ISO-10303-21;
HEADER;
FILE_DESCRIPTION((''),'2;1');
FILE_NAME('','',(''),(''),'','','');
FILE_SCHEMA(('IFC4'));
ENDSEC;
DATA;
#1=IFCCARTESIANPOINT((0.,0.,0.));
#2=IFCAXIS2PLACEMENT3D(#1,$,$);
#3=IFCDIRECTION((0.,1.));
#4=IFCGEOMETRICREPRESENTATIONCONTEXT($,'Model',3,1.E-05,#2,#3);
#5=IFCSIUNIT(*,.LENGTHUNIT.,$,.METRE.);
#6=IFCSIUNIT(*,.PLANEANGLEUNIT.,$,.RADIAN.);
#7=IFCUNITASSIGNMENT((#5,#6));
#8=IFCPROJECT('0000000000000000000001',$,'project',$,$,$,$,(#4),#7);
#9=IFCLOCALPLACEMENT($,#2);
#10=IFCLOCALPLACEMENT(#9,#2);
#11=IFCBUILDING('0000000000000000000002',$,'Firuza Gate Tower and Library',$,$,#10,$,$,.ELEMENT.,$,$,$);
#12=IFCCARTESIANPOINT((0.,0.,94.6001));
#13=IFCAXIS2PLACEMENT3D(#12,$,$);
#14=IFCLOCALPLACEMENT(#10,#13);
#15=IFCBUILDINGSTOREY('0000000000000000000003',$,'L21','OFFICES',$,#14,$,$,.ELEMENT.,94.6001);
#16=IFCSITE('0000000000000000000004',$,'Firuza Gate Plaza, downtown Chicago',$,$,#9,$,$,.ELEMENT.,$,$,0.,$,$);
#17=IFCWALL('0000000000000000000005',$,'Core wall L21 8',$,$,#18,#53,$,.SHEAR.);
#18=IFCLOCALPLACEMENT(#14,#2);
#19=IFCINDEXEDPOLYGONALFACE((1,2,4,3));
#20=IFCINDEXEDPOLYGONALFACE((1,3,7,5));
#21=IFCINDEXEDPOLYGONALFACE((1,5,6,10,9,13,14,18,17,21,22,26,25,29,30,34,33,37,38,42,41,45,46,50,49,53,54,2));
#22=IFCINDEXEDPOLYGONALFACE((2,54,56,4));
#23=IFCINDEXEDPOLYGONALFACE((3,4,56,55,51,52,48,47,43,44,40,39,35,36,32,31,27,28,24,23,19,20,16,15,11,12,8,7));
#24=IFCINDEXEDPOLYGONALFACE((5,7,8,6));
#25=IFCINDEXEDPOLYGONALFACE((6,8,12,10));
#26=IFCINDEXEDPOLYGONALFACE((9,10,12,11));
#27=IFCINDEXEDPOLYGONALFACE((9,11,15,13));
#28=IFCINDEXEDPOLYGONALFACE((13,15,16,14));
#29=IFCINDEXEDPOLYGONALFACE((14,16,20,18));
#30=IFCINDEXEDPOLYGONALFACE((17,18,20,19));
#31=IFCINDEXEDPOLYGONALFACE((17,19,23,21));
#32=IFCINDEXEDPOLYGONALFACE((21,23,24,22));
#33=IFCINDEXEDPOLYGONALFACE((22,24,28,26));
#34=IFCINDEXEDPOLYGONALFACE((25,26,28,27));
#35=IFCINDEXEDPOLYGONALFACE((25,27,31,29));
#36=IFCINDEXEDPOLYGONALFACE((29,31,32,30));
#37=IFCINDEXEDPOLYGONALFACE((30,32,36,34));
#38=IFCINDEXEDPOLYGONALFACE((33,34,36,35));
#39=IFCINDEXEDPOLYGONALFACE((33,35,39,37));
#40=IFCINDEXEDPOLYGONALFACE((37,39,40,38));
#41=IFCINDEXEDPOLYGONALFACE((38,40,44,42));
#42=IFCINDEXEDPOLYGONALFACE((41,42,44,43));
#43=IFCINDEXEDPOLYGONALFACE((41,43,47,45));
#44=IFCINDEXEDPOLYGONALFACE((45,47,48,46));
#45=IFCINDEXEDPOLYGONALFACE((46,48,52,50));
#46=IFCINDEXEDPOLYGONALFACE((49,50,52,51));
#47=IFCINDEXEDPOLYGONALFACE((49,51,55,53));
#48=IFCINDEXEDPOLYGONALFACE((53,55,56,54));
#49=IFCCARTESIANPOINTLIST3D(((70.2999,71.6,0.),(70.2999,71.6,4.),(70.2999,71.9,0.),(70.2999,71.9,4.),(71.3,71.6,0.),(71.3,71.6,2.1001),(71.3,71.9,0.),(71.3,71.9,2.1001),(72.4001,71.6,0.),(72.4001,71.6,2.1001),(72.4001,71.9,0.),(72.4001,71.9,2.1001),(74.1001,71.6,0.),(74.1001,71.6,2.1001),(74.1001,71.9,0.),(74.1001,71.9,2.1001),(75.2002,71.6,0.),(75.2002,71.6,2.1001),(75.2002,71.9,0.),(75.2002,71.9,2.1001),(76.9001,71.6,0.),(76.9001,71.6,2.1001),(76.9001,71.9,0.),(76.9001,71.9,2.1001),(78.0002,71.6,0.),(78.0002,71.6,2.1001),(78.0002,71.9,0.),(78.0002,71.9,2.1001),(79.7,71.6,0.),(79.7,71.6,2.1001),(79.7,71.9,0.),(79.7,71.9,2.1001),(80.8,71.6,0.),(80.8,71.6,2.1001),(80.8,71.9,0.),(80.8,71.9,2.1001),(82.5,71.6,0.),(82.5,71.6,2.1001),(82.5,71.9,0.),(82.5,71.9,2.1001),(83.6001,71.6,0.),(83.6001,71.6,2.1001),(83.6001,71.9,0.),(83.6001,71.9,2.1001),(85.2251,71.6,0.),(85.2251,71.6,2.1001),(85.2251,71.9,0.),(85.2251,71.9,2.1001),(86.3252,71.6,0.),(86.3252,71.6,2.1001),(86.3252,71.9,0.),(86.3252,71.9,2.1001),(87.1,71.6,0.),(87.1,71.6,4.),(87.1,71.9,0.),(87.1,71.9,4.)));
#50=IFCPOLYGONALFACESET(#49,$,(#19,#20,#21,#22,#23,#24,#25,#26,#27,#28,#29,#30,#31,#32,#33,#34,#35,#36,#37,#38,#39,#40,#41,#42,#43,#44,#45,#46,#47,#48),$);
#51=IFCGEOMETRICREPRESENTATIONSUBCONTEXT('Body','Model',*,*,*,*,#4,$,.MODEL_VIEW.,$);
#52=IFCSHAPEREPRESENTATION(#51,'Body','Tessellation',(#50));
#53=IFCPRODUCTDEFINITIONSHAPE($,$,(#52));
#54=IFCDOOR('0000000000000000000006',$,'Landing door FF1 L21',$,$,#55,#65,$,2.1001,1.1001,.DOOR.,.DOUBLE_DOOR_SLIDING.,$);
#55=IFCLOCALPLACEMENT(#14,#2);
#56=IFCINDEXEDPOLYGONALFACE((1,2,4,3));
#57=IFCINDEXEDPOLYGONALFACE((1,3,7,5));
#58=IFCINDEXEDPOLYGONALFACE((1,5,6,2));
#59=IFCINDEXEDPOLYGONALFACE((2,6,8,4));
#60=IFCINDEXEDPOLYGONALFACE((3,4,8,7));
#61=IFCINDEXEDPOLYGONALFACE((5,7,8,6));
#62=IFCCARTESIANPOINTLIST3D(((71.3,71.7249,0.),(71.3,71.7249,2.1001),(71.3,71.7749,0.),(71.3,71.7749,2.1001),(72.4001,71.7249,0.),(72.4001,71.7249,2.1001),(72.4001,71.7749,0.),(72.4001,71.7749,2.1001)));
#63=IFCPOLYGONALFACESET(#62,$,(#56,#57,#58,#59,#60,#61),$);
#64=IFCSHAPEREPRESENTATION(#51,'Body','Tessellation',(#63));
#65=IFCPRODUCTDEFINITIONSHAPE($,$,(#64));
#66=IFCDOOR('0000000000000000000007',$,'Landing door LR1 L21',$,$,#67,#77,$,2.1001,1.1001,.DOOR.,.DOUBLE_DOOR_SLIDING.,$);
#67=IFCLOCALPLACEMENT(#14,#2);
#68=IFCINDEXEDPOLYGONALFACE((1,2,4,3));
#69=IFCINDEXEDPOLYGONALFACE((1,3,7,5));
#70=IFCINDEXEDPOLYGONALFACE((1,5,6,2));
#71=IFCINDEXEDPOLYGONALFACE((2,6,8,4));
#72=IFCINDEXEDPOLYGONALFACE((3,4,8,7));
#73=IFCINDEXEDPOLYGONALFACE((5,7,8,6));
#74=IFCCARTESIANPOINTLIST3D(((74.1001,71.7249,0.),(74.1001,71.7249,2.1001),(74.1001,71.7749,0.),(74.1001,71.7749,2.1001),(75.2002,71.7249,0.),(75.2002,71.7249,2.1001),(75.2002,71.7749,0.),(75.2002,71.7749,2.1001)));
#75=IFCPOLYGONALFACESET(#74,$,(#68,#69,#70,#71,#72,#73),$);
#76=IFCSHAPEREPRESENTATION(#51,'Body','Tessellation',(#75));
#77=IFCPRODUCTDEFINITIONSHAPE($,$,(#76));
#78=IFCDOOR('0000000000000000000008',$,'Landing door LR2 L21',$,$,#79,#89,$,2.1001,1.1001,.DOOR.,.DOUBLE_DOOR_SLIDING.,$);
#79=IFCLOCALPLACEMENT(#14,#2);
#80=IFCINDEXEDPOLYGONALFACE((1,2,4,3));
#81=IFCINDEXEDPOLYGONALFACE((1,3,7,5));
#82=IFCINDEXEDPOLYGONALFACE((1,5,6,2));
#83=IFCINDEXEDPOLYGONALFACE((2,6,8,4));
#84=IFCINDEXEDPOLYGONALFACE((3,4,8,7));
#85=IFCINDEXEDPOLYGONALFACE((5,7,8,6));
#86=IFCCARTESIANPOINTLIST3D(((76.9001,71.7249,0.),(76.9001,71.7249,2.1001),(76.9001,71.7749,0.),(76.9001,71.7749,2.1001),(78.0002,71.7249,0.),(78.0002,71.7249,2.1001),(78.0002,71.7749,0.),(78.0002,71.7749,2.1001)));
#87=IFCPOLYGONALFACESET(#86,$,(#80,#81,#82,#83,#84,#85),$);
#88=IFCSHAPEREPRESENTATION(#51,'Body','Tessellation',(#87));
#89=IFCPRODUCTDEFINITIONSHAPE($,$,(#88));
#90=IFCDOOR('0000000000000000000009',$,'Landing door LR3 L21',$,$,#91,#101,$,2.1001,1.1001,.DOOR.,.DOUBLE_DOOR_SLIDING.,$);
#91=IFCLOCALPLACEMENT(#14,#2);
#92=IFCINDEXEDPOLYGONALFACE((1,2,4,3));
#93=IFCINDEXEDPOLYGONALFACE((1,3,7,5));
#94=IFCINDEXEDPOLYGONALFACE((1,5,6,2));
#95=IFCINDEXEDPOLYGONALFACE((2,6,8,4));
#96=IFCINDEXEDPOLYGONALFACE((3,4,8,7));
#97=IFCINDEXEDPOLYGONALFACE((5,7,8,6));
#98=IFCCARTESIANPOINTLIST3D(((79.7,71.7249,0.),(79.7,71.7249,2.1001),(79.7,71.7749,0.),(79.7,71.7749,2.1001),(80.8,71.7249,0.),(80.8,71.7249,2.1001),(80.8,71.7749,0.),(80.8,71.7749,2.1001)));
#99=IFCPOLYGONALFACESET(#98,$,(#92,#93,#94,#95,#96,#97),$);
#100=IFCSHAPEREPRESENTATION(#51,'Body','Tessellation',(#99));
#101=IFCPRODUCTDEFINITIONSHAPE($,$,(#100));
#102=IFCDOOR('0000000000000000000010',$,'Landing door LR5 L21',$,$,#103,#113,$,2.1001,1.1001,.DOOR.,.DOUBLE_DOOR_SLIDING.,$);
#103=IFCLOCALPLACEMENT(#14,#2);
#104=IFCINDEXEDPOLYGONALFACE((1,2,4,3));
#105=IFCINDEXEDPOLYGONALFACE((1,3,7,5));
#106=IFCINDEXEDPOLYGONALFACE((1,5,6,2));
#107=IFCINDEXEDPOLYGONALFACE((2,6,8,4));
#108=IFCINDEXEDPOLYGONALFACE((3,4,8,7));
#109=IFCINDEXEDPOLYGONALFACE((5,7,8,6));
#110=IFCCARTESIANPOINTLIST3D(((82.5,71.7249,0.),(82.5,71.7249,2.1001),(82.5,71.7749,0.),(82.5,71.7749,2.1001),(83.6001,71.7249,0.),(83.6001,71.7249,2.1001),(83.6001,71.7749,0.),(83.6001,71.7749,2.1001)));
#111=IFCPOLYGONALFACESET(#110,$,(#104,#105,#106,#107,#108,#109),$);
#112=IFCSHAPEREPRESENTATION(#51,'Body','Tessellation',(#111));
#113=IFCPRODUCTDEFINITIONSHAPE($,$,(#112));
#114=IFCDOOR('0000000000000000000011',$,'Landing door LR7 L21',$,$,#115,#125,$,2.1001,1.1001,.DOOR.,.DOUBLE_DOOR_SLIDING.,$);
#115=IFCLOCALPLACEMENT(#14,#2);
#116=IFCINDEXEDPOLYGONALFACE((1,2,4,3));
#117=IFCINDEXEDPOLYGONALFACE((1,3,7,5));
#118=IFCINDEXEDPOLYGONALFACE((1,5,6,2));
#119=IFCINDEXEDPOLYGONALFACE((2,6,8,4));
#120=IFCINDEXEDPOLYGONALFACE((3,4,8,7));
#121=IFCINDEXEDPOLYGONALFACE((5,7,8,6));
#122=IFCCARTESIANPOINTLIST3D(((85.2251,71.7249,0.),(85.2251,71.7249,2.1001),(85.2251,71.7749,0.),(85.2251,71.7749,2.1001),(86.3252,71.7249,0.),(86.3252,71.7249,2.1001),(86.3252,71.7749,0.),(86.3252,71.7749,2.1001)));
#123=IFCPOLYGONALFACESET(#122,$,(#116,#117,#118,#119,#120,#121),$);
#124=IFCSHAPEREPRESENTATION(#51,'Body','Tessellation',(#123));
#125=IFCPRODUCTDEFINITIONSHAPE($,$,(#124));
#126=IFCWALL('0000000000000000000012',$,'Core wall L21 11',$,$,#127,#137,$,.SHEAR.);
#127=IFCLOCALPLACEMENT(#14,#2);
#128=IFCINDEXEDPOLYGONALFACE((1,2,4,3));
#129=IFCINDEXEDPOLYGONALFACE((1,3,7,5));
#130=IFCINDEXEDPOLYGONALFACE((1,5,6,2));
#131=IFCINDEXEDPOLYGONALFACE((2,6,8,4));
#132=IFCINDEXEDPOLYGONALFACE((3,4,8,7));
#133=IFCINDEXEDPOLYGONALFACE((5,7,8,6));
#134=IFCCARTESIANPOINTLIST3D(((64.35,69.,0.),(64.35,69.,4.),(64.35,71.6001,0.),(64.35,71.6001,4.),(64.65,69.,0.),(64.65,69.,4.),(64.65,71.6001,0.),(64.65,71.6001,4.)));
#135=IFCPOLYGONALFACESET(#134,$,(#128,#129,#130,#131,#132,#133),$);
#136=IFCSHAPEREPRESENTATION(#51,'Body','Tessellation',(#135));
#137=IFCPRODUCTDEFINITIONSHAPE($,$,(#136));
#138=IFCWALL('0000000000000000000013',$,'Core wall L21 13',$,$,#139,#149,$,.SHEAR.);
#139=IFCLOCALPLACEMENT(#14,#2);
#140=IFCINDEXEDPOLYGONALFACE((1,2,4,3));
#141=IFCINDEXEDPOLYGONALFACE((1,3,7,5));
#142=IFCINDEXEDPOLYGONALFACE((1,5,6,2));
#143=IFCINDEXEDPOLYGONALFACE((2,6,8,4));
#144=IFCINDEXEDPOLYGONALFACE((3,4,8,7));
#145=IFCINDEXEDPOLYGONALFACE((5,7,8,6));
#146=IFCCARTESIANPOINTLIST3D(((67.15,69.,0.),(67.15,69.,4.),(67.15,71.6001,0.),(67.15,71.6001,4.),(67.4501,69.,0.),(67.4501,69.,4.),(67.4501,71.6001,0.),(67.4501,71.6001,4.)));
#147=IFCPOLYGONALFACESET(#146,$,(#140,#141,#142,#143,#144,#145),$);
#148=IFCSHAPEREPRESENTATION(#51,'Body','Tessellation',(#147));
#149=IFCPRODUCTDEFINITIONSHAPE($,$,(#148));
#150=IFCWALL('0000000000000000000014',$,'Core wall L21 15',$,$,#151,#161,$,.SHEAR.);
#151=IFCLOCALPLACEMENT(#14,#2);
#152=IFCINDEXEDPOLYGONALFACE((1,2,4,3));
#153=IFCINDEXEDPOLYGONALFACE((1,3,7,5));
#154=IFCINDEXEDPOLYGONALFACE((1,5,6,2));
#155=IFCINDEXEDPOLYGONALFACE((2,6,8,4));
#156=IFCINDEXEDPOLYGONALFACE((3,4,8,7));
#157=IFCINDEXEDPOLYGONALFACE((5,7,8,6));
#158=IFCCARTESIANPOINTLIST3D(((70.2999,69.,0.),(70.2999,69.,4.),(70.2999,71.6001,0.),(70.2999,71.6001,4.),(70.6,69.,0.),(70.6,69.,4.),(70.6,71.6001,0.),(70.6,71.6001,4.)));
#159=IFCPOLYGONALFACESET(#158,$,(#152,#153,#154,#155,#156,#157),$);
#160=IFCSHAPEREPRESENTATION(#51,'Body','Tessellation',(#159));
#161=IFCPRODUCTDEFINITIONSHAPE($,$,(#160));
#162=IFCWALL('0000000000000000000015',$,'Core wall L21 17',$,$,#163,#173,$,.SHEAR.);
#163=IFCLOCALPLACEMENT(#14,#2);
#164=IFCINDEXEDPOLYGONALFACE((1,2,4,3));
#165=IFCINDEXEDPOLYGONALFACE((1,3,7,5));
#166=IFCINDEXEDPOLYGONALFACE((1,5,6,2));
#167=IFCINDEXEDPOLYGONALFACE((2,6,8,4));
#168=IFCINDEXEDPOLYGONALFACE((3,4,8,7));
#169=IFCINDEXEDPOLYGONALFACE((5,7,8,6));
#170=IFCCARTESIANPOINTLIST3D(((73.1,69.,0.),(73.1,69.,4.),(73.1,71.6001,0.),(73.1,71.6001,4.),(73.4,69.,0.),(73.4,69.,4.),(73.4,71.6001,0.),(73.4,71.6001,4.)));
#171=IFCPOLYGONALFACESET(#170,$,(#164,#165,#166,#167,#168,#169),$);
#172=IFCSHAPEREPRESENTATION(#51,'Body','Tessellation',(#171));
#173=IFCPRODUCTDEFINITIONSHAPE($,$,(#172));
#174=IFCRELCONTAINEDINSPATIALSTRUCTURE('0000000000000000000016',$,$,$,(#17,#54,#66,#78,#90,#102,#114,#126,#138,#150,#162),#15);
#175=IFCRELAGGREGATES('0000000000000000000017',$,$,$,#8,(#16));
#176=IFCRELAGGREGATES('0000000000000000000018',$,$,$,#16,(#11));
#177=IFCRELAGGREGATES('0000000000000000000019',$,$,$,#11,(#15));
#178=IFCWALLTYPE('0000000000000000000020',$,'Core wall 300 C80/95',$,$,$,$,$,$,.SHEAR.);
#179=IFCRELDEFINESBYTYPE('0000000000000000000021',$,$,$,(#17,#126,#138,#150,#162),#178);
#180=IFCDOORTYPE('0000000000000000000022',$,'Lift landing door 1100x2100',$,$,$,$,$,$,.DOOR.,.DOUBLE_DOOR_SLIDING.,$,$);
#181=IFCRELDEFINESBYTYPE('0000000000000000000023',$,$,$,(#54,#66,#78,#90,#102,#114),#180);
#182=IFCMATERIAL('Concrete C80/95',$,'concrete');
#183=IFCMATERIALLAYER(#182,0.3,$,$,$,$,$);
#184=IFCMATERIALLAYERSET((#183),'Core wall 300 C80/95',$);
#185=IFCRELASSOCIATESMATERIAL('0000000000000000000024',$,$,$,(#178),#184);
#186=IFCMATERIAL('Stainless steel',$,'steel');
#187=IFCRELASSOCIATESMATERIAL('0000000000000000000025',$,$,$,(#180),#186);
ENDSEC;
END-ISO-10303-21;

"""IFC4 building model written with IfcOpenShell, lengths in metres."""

from ifc_helpers import new_model, si_unit, direction, frame, frame_2d, origin, place, context, subcontext, project, spatial, rectangle, extrude, material, layer, layer_set, type_object, element, fill, save


model = new_model("IFC4")

# Units and contexts
model_context = context("Model", 3, precision=1e-05, world=origin(), true_north=direction((0.0, 1.0)))
body_context = subcontext(model_context, "Body", "Model", "MODEL_VIEW")
ifc_project = project(units=[si_unit("LENGTHUNIT", "METRE"), si_unit("PLANEANGLEUNIT", "RADIAN")], contexts=[model_context])

# Site, building, storey
site_placement = place(None, origin())
site = spatial("IfcSite", under=ifc_project, at=site_placement, Name="Firuza Gate Plaza, downtown Chicago", CompositionType="ELEMENT", RefElevation=0.0)
building_placement = place(site_placement, origin())
building = spatial("IfcBuilding", under=site, at=building_placement, Name="Firuza Gate Tower and Library", CompositionType="ELEMENT")
storey_placement = place(building_placement, frame((0.0, 0.0, 94.6001)))
storey = spatial("IfcBuildingStorey", under=building, at=storey_placement, Name="L21", Description="OFFICES", CompositionType="ELEMENT", Elevation=94.6001)

# Shared definitions
ifc_material_1 = material(Name="Concrete C80/95", Category="concrete")
ifc_layer_1 = layer(ifc_material_1, 0.3)
ifc_layer_set_1 = layer_set([ifc_layer_1], Name="Core wall 300 C80/95")
wall_type_1 = type_object("IfcWallType", Name="Core wall 300 C80/95", PredefinedType="SHEAR", material=ifc_layer_set_1)

# Wall, openings, doors
wall_1_placement = place(storey_placement, frame((70.3, 71.75, 0.0), z_axis=(0.0, 0.0, 1.0), x_axis=(1.0, 0.0, 0.0)))
wall_1 = element("IfcWall", 1, at=wall_1_placement, inside=storey, type_object=wall_type_1, Name="Core wall L21 8", PredefinedType="SHEAR", context=body_context, shape_type="SweptSolid", body=[
    extrude(rectangle(XDim=16.8, YDim=0.3, at=frame_2d((8.3999, 0.0))), origin(), (0.0, 0.0, 1.0), 4.0),
])
opening_1_placement = place(wall_1_placement, frame((1.0, 0.0, 0.0)))
opening_1 = element("IfcOpeningElement", 2, at=opening_1_placement, cuts=wall_1, PredefinedType="OPENING", context=body_context, shape_type="SweptSolid", body=[
    extrude(rectangle(XDim=1.1001, YDim=2.1001, at=frame_2d((0.55, 1.05))), frame((0.0, 0.1602, 0.0), z_axis=(0.0, -1.0, 0.0), x_axis=(1.0, 0.0, 0.0)), (0.0, 0.0, 1.0), 0.3201),
])
opening_2_placement = place(wall_1_placement, frame((3.8, 0.0, 0.0)))
opening_2 = element("IfcOpeningElement", 3, at=opening_2_placement, cuts=wall_1, PredefinedType="OPENING", context=body_context, shape_type="SweptSolid", body=[
    extrude(rectangle(XDim=1.1001, YDim=2.1001, at=frame_2d((0.55, 1.05))), frame((0.0, 0.1602, 0.0), z_axis=(0.0, -1.0, 0.0), x_axis=(1.0, 0.0, 0.0)), (0.0, 0.0, 1.0), 0.3201),
])
opening_3_placement = place(wall_1_placement, frame((6.6001, 0.0, 0.0)))
opening_3 = element("IfcOpeningElement", 4, at=opening_3_placement, cuts=wall_1, PredefinedType="OPENING", context=body_context, shape_type="SweptSolid", body=[
    extrude(rectangle(XDim=1.1001, YDim=2.1001, at=frame_2d((0.55, 1.05))), frame((0.0, 0.1602, 0.0), z_axis=(0.0, -1.0, 0.0), x_axis=(1.0, 0.0, 0.0)), (0.0, 0.0, 1.0), 0.3201),
])
opening_4_placement = place(wall_1_placement, frame((9.3999, 0.0, 0.0)))
opening_4 = element("IfcOpeningElement", 5, at=opening_4_placement, cuts=wall_1, PredefinedType="OPENING", context=body_context, shape_type="SweptSolid", body=[
    extrude(rectangle(XDim=1.1001, YDim=2.1001, at=frame_2d((0.55, 1.05))), frame((0.0, 0.1602, 0.0), z_axis=(0.0, -1.0, 0.0), x_axis=(1.0, 0.0, 0.0)), (0.0, 0.0, 1.0), 0.3201),
])
opening_5_placement = place(wall_1_placement, frame((12.2, 0.0, 0.0)))
opening_5 = element("IfcOpeningElement", 6, at=opening_5_placement, cuts=wall_1, PredefinedType="OPENING", context=body_context, shape_type="SweptSolid", body=[
    extrude(rectangle(XDim=1.1001, YDim=2.1001, at=frame_2d((0.55, 1.05))), frame((0.0, 0.1602, 0.0), z_axis=(0.0, -1.0, 0.0), x_axis=(1.0, 0.0, 0.0)), (0.0, 0.0, 1.0), 0.3201),
])
opening_6_placement = place(wall_1_placement, frame((14.925, 0.0, 0.0)))
opening_6 = element("IfcOpeningElement", 7, at=opening_6_placement, cuts=wall_1, PredefinedType="OPENING", context=body_context, shape_type="SweptSolid", body=[
    extrude(rectangle(XDim=1.1001, YDim=2.1001, at=frame_2d((0.55, 1.05))), frame((0.0, 0.1602, 0.0), z_axis=(0.0, -1.0, 0.0), x_axis=(1.0, 0.0, 0.0)), (0.0, 0.0, 1.0), 0.3201),
])
ifc_material_2 = material(Name="Stainless steel", Category="steel")
door_type_1 = type_object("IfcDoorType", Name="Lift landing door 1100x2100", OperationType="DOUBLE_DOOR_SLIDING", PredefinedType="DOOR", material=ifc_material_2)
door_1_placement = place(opening_1_placement, origin())
door_1 = element("IfcDoor", 8, at=door_1_placement, inside=storey, type_object=door_type_1, Name="Landing door FF1 L21", OperationType="DOUBLE_DOOR_SLIDING", OverallHeight=2.1001, OverallWidth=1.1001, PredefinedType="DOOR", context=body_context, shape_type="SweptSolid", body=[
    extrude(rectangle(XDim=1.1001, YDim=2.1001, at=frame_2d((0.55, 1.05))), frame((0.0, 0.0249, 0.0), z_axis=(0.0, -1.0, 0.0), x_axis=(1.0, 0.0, 0.0)), (0.0, 0.0, 1.0), 0.05),
])
fill(opening_1, door_1)
door_2_placement = place(opening_2_placement, origin())
door_2 = element("IfcDoor", 9, at=door_2_placement, inside=storey, type_object=door_type_1, Name="Landing door LR1 L21", OperationType="DOUBLE_DOOR_SLIDING", OverallHeight=2.1001, OverallWidth=1.1001, PredefinedType="DOOR", context=body_context, shape_type="SweptSolid", body=[
    extrude(rectangle(XDim=1.1001, YDim=2.1001, at=frame_2d((0.55, 1.05))), frame((0.0, 0.0249, 0.0), z_axis=(0.0, -1.0, 0.0), x_axis=(1.0, 0.0, 0.0)), (0.0, 0.0, 1.0), 0.05),
])
fill(opening_2, door_2)
door_3_placement = place(opening_3_placement, origin())
door_3 = element("IfcDoor", 10, at=door_3_placement, inside=storey, type_object=door_type_1, Name="Landing door LR2 L21", OperationType="DOUBLE_DOOR_SLIDING", OverallHeight=2.1001, OverallWidth=1.1001, PredefinedType="DOOR", context=body_context, shape_type="SweptSolid", body=[
    extrude(rectangle(XDim=1.1001, YDim=2.1001, at=frame_2d((0.55, 1.05))), frame((0.0, 0.0249, 0.0), z_axis=(0.0, -1.0, 0.0), x_axis=(1.0, 0.0, 0.0)), (0.0, 0.0, 1.0), 0.05),
])
fill(opening_3, door_3)
door_4_placement = place(opening_4_placement, origin())
door_4 = element("IfcDoor", 11, at=door_4_placement, inside=storey, type_object=door_type_1, Name="Landing door LR3 L21", OperationType="DOUBLE_DOOR_SLIDING", OverallHeight=2.1001, OverallWidth=1.1001, PredefinedType="DOOR", context=body_context, shape_type="SweptSolid", body=[
    extrude(rectangle(XDim=1.1001, YDim=2.1001, at=frame_2d((0.55, 1.05))), frame((0.0, 0.0249, 0.0), z_axis=(0.0, -1.0, 0.0), x_axis=(1.0, 0.0, 0.0)), (0.0, 0.0, 1.0), 0.05),
])
fill(opening_4, door_4)
door_5_placement = place(opening_5_placement, origin())
door_5 = element("IfcDoor", 12, at=door_5_placement, inside=storey, type_object=door_type_1, Name="Landing door LR5 L21", OperationType="DOUBLE_DOOR_SLIDING", OverallHeight=2.1001, OverallWidth=1.1001, PredefinedType="DOOR", context=body_context, shape_type="SweptSolid", body=[
    extrude(rectangle(XDim=1.1001, YDim=2.1001, at=frame_2d((0.55, 1.05))), frame((0.0, 0.0249, 0.0), z_axis=(0.0, -1.0, 0.0), x_axis=(1.0, 0.0, 0.0)), (0.0, 0.0, 1.0), 0.05),
])
fill(opening_5, door_5)
door_6_placement = place(opening_6_placement, origin())
door_6 = element("IfcDoor", 13, at=door_6_placement, inside=storey, type_object=door_type_1, Name="Landing door LR7 L21", OperationType="DOUBLE_DOOR_SLIDING", OverallHeight=2.1001, OverallWidth=1.1001, PredefinedType="DOOR", context=body_context, shape_type="SweptSolid", body=[
    extrude(rectangle(XDim=1.1001, YDim=2.1001, at=frame_2d((0.55, 1.05))), frame((0.0, 0.0249, 0.0), z_axis=(0.0, -1.0, 0.0), x_axis=(1.0, 0.0, 0.0)), (0.0, 0.0, 1.0), 0.05),
])
fill(opening_6, door_6)

# Walls
for number, where, z_axis, x_axis, name in (
    (14, (64.5, 69.0, 0.0), (0.0, 0.0, 1.0), (0.0, 1.0, 0.0), "Core wall L21 11"),
    (15, (67.3, 69.0, 0.0), (0.0, 0.0, 1.0), (0.0, 1.0, 0.0), "Core wall L21 13"),
    (16, (70.45, 69.0, 0.0), (0.0, 0.0, 1.0), (0.0, 1.0, 0.0), "Core wall L21 15"),
    (17, (73.25, 69.0, 0.0), (0.0, 0.0, 1.0), (0.0, 1.0, 0.0), "Core wall L21 17"),
):
    element("IfcWall", number, at=place(storey_placement, frame(where, z_axis=z_axis, x_axis=x_axis)), inside=storey, type_object=wall_type_1, Name=name, PredefinedType="SHEAR", context=body_context, shape_type="SweptSolid", body=[
        extrude(rectangle(XDim=2.6001, YDim=0.3, at=frame_2d((1.3, 0.0))), origin(), (0.0, 0.0, 1.0), 4.0),
    ])

save(model, "model.ifc")
